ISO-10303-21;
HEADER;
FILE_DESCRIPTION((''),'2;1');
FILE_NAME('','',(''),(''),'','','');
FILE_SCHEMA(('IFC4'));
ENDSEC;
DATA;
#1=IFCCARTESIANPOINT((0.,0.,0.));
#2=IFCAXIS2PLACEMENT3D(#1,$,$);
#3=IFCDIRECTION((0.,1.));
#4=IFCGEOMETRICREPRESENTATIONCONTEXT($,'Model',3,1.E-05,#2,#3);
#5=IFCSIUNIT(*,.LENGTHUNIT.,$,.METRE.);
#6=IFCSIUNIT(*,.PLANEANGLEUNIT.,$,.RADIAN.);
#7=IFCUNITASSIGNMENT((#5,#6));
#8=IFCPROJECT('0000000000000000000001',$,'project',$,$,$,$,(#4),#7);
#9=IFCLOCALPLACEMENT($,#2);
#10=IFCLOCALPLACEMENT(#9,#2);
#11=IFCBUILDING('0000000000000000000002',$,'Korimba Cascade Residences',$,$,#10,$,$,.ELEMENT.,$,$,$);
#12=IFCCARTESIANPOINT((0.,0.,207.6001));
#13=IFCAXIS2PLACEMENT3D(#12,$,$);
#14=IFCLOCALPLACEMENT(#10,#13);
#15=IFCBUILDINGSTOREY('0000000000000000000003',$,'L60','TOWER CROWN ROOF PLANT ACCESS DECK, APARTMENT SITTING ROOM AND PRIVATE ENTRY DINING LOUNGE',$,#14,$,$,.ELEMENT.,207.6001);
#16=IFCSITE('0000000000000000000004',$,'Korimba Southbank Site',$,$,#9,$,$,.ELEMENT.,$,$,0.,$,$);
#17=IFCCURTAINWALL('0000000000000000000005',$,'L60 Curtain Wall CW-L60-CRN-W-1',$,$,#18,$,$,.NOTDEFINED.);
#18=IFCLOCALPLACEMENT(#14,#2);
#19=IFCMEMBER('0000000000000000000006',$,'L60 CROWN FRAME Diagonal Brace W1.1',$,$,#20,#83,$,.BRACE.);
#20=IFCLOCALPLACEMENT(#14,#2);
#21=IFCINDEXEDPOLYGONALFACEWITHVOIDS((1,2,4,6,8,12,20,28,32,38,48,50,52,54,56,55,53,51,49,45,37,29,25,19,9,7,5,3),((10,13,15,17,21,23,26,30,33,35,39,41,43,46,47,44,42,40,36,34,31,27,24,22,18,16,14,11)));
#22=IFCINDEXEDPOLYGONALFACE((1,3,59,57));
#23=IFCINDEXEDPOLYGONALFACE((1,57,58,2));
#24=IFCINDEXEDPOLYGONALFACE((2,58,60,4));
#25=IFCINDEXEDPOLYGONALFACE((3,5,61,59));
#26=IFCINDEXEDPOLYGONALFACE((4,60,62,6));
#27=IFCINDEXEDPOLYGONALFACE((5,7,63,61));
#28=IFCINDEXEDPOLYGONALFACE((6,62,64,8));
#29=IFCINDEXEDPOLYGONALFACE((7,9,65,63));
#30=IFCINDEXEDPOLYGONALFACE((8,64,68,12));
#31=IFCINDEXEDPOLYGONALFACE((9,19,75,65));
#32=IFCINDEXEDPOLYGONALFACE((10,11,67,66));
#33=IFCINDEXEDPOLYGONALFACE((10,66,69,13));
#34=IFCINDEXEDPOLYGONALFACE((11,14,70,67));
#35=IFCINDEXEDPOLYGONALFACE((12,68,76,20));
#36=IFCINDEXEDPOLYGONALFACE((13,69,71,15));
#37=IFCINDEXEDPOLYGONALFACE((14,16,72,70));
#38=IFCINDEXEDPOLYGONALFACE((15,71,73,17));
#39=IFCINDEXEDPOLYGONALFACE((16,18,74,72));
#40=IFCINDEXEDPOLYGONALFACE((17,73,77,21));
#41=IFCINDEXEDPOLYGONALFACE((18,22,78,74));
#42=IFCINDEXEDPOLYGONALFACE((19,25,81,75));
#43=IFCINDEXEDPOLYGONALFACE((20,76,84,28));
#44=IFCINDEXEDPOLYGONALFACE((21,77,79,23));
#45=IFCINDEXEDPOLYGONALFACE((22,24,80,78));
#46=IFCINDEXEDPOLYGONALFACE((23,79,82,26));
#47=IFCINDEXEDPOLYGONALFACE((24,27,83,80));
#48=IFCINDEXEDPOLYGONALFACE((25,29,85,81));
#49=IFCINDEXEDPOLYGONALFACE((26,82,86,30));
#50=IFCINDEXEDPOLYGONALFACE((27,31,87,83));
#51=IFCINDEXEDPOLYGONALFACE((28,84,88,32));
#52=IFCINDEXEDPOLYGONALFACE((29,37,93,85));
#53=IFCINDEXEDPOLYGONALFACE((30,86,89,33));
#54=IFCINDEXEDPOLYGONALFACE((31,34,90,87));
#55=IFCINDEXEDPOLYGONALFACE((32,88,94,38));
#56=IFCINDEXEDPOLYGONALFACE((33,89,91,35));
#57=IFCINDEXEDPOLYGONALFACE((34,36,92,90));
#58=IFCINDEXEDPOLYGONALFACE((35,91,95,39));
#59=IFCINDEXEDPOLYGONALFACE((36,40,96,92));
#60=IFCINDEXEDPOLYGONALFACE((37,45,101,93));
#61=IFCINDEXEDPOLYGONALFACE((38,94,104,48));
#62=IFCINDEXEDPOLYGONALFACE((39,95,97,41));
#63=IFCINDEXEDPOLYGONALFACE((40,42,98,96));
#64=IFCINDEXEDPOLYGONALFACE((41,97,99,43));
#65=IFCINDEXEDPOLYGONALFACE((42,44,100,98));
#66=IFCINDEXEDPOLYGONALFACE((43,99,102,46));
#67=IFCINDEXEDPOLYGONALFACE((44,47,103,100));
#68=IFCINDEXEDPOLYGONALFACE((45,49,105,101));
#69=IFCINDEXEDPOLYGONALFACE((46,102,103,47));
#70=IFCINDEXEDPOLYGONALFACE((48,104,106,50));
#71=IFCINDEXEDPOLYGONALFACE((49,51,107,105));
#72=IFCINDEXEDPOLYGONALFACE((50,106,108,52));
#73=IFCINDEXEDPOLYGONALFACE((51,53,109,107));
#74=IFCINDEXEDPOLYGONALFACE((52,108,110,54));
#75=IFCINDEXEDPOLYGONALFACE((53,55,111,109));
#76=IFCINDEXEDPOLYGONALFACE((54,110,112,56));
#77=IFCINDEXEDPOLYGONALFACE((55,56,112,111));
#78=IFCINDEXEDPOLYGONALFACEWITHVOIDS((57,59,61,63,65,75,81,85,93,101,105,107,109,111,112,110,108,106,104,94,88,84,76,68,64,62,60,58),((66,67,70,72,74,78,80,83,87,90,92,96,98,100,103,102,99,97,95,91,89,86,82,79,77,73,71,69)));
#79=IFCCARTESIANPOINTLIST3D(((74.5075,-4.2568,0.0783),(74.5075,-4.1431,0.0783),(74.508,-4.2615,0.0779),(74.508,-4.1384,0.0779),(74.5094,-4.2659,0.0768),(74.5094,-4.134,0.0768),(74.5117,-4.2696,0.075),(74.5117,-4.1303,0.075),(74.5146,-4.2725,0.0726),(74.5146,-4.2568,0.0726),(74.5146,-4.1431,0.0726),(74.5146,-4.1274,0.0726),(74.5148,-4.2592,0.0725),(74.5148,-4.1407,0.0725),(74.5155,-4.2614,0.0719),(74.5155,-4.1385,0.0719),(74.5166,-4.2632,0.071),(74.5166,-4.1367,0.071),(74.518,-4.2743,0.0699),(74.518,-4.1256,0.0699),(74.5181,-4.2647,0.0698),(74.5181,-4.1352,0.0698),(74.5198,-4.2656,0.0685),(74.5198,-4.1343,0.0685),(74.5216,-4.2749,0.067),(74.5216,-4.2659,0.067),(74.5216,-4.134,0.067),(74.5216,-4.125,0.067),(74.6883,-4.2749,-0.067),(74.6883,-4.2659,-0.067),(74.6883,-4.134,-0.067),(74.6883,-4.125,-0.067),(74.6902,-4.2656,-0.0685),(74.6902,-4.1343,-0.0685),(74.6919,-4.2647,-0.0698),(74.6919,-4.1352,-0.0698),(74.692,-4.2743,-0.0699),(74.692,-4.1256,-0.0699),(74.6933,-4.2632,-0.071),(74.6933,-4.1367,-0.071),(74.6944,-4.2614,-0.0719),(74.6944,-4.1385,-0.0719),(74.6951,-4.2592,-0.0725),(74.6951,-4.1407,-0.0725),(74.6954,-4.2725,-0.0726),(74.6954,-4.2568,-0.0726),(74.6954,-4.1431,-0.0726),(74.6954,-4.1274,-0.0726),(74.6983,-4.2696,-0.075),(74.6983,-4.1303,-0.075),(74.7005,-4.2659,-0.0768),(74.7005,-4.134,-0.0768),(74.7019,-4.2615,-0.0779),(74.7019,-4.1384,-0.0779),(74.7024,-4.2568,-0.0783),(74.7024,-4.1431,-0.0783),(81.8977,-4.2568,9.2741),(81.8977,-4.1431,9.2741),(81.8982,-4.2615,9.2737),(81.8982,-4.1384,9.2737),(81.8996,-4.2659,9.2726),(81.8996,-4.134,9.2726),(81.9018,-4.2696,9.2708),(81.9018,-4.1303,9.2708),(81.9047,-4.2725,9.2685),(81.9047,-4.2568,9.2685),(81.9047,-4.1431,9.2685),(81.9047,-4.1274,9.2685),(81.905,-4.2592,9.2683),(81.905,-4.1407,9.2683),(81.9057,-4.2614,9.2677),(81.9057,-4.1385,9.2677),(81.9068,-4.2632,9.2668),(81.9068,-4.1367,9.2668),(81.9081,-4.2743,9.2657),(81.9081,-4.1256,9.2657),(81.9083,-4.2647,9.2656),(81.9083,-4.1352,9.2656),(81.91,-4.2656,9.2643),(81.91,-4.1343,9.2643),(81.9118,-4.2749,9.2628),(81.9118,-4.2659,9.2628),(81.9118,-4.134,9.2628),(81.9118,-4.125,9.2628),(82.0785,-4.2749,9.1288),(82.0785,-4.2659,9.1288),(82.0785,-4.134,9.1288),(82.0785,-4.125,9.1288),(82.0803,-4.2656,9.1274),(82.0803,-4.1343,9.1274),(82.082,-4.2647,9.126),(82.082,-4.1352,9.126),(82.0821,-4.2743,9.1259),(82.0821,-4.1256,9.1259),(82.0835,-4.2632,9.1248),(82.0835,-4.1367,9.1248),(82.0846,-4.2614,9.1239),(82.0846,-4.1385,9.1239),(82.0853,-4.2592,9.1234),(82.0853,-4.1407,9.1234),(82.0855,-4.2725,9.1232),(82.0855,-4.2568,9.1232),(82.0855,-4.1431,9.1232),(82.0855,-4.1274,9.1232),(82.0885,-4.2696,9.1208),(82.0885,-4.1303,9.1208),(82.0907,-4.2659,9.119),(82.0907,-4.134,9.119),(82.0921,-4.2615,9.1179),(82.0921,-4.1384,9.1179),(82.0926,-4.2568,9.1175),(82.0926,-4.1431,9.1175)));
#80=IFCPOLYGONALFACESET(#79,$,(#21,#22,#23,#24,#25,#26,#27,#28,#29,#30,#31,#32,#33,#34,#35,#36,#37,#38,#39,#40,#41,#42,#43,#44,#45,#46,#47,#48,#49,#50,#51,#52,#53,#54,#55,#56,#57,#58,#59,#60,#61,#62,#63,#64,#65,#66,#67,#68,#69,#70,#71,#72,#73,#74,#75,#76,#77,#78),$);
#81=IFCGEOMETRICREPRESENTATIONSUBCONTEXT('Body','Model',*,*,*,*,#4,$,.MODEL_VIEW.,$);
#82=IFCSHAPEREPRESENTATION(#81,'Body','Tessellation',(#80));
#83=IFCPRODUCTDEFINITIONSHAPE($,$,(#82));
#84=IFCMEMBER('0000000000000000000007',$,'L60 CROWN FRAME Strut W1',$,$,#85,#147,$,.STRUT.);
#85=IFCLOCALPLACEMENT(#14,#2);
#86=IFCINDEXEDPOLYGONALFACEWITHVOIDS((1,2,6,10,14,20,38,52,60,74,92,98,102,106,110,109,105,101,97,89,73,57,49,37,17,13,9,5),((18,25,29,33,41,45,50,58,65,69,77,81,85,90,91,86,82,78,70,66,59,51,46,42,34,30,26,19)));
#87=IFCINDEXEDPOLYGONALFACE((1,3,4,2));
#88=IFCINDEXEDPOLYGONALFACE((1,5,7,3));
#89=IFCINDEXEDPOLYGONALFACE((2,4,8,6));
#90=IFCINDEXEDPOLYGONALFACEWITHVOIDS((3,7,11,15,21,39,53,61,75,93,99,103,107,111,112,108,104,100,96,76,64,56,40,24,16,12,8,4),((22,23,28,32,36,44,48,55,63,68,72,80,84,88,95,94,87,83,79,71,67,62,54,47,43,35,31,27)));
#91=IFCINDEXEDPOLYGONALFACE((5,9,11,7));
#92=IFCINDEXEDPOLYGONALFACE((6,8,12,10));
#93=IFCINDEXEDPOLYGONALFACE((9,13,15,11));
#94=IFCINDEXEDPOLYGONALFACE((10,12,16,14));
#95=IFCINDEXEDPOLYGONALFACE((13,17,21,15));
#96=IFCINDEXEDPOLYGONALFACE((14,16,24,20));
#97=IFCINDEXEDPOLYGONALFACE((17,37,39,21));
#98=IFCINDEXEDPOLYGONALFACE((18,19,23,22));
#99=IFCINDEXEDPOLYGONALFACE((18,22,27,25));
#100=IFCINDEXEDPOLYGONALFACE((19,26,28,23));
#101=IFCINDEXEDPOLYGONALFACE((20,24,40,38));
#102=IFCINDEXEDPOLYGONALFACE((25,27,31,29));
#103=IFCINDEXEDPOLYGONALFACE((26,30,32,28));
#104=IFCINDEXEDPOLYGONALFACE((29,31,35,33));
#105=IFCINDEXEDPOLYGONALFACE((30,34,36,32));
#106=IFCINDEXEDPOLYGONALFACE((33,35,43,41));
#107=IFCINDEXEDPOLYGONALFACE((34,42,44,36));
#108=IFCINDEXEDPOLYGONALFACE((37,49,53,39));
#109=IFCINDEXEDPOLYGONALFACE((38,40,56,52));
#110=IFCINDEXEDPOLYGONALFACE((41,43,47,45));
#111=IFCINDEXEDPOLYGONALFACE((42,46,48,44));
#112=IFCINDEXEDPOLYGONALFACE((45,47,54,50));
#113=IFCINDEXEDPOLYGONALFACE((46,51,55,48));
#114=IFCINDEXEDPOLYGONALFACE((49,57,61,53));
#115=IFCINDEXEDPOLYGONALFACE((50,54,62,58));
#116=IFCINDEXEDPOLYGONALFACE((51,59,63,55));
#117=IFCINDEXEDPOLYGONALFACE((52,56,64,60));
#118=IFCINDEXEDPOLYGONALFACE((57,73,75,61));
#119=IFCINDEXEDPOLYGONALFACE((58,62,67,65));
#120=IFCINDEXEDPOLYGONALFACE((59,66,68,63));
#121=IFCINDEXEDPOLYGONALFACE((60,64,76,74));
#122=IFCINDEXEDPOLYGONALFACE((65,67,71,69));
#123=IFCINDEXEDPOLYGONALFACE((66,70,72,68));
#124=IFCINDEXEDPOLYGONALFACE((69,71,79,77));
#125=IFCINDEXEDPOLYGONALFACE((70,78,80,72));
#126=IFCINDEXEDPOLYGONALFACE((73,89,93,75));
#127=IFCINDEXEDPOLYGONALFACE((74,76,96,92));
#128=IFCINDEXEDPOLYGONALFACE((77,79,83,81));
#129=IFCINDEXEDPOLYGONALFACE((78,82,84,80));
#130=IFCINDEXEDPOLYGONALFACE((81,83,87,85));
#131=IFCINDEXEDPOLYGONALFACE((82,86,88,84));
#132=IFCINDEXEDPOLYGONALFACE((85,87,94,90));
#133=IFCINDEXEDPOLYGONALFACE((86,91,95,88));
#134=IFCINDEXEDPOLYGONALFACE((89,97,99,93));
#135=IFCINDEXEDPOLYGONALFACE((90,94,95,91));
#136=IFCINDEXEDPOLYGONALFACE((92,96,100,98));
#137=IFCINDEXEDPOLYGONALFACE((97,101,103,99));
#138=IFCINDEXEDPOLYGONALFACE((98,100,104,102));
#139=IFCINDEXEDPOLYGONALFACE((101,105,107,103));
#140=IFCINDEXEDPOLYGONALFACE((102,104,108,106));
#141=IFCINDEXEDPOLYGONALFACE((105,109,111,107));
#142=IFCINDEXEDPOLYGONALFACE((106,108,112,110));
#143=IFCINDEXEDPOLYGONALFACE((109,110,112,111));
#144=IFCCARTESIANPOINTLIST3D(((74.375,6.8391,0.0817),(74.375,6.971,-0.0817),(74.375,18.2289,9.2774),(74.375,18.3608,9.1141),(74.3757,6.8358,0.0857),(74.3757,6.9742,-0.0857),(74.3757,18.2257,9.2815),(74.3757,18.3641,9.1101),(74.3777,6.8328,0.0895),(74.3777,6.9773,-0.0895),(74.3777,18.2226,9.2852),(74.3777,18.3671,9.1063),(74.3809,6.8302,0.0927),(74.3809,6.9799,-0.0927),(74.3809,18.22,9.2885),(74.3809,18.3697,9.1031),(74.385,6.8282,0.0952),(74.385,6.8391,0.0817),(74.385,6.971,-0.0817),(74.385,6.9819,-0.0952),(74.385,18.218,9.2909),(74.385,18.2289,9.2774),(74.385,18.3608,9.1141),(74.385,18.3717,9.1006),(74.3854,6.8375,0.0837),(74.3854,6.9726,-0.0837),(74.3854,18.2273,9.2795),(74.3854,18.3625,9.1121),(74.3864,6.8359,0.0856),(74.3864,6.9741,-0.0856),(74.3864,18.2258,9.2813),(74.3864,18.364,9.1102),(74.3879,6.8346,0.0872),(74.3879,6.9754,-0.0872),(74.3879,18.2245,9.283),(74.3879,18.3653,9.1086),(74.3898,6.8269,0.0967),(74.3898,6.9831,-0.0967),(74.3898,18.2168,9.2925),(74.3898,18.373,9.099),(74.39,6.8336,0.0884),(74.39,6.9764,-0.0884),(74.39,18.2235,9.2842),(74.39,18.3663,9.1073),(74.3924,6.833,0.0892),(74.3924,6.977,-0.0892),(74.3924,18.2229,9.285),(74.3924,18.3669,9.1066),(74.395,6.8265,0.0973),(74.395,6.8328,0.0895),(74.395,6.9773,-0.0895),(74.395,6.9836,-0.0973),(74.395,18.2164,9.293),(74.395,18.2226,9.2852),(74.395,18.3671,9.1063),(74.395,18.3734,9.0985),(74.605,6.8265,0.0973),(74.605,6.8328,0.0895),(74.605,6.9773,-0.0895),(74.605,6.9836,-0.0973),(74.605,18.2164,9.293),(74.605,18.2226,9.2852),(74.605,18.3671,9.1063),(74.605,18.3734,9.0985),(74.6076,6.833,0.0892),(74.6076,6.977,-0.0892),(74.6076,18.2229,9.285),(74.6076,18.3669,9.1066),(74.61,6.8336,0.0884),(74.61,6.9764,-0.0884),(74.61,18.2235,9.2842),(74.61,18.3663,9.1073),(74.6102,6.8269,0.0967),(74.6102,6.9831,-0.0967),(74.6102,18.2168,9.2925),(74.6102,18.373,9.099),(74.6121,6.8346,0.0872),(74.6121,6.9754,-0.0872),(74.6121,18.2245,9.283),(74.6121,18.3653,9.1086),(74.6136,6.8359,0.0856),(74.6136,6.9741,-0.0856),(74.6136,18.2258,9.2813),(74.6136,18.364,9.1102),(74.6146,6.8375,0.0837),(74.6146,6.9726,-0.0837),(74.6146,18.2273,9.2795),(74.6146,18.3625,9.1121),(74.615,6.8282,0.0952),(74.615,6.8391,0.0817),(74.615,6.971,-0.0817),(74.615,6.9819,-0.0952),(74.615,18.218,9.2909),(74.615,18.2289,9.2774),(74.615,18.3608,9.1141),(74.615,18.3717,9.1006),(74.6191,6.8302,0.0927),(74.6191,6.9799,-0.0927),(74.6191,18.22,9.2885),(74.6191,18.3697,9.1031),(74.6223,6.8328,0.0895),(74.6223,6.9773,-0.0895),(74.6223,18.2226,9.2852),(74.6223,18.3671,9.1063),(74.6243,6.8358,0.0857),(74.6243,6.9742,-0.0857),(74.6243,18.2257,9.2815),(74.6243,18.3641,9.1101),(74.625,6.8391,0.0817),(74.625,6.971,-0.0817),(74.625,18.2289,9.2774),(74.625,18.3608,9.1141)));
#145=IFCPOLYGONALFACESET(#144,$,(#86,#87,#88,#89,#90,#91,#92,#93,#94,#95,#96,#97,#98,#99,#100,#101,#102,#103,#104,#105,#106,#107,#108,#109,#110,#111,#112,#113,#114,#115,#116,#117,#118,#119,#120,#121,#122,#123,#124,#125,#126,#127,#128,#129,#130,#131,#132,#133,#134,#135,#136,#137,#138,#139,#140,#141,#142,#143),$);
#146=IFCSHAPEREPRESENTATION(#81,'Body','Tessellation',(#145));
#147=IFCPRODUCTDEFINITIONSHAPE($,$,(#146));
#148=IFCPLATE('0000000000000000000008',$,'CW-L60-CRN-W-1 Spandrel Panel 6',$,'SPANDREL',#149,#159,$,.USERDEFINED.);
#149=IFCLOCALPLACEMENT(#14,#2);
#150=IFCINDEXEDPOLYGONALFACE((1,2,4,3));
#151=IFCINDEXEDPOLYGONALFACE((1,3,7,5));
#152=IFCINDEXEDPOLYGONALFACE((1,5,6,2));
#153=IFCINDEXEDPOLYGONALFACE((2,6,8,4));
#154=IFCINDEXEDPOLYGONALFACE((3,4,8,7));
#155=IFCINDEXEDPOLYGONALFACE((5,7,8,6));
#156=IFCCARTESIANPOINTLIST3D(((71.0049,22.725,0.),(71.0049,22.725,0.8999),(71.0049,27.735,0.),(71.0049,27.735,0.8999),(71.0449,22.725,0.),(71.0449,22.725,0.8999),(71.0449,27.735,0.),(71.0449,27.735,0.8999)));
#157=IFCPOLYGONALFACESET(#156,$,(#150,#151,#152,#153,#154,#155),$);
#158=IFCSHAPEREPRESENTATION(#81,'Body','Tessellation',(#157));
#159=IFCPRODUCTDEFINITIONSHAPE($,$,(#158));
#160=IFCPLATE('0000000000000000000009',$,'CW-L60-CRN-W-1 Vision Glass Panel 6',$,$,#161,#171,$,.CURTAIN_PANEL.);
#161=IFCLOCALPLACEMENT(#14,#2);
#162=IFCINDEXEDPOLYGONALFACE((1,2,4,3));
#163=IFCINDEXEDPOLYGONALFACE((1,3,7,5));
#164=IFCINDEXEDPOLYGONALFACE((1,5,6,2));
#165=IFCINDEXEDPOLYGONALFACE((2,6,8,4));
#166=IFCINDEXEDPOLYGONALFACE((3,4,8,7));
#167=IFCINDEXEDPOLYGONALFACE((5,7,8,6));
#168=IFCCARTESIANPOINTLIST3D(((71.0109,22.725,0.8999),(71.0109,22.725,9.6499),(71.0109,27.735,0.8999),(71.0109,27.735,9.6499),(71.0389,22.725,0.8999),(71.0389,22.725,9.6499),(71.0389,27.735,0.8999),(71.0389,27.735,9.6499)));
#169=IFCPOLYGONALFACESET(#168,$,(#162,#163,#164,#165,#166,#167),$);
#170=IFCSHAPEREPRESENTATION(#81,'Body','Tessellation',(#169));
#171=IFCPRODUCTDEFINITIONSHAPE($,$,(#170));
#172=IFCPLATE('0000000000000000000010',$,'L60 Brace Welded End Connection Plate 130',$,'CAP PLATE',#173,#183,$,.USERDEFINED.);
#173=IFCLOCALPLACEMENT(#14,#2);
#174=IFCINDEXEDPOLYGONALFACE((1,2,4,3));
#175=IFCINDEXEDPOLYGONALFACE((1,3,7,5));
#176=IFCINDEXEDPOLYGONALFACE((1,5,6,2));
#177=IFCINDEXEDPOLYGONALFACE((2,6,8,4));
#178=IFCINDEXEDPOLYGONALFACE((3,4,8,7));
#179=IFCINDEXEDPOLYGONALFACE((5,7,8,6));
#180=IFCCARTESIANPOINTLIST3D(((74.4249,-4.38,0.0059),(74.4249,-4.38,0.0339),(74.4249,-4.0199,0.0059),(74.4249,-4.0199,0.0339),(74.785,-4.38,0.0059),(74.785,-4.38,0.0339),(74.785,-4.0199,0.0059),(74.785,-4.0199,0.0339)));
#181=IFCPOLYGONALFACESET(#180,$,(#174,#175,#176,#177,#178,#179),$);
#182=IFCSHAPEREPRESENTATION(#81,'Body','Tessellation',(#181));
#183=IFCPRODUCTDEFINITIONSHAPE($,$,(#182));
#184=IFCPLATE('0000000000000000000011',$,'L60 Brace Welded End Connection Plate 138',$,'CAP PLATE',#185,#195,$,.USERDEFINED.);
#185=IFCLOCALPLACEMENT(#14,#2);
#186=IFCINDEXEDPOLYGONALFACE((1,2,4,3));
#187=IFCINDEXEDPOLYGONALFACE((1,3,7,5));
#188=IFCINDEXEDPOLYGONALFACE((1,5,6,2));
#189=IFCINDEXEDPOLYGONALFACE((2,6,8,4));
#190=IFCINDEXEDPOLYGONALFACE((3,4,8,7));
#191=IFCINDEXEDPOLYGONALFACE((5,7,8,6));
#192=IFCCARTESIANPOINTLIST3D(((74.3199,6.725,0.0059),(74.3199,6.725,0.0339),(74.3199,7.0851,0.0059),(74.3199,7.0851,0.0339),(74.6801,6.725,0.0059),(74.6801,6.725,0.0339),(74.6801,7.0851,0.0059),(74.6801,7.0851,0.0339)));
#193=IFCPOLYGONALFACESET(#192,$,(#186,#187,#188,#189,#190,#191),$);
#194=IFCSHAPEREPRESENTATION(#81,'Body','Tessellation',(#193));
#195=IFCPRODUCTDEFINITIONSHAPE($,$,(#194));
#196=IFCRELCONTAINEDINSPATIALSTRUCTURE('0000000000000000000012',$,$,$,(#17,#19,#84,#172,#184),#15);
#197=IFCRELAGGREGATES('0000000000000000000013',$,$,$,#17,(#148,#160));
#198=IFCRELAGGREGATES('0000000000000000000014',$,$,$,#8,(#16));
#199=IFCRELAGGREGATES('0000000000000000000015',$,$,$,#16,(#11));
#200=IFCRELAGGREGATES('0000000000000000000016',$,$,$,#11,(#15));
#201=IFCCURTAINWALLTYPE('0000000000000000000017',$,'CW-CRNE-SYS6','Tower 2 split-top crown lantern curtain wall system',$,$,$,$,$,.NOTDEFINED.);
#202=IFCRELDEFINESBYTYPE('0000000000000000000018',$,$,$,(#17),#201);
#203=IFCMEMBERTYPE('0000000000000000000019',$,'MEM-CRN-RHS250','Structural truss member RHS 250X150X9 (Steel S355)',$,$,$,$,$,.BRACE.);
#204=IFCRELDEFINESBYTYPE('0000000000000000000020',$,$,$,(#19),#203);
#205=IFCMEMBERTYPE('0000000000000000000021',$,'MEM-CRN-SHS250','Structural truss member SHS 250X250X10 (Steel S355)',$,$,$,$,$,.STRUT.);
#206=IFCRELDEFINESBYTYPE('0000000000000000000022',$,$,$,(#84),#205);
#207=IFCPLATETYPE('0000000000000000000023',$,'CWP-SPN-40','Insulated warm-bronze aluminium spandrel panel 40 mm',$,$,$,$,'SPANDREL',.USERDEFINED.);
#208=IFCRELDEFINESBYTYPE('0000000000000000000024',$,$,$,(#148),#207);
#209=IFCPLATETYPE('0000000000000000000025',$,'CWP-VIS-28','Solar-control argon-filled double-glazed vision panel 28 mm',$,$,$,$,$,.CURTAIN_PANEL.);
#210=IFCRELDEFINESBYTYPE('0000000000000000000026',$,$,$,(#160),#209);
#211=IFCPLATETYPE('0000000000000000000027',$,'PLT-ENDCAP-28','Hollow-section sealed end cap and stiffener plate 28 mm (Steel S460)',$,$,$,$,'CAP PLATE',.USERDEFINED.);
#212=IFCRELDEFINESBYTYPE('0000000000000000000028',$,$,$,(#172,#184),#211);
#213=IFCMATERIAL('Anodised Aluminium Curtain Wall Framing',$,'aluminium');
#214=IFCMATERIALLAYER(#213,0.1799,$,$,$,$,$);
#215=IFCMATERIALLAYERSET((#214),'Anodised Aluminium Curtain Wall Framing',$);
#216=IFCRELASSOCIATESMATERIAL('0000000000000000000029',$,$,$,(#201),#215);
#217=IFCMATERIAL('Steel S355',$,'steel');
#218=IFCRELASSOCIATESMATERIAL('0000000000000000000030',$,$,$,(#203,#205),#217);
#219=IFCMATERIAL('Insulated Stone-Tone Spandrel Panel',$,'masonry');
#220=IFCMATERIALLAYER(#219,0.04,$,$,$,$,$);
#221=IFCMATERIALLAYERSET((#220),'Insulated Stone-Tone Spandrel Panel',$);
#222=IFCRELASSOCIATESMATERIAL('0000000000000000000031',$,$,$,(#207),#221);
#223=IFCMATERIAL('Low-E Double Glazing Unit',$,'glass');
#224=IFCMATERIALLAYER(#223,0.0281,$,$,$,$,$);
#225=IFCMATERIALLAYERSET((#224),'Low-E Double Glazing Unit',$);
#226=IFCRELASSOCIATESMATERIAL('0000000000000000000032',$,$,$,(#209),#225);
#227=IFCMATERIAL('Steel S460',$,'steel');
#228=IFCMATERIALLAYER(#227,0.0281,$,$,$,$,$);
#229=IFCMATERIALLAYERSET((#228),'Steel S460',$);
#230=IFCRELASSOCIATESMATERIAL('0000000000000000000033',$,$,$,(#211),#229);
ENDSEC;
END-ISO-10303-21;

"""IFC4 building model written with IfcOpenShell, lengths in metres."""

from ifc_helpers import new_model, si_unit, direction, frame, origin, origin_2d, place, context, subcontext, project, spatial, rectangle, hollow_rectangle, extrude, material, layer, layer_set, material_profile, profile_set, type_object, element, aggregate, save


model = new_model("IFC4")

# Units and contexts
model_context = context("Model", 3, precision=1e-05, world=origin(), true_north=direction((0.0, 1.0)))
body_context = subcontext(model_context, "Body", "Model", "MODEL_VIEW")
ifc_project = project(units=[si_unit("LENGTHUNIT", "METRE"), si_unit("PLANEANGLEUNIT", "RADIAN")], contexts=[model_context])

# Site, building, storey
site_placement = place(None, origin())
site = spatial("IfcSite", under=ifc_project, at=site_placement, Name="Korimba Southbank Site", CompositionType="ELEMENT", RefElevation=0.0)
building_placement = place(site_placement, origin())
building = spatial("IfcBuilding", under=site, at=building_placement, Name="Korimba Cascade Residences", CompositionType="ELEMENT")
storey_placement = place(building_placement, frame((0.0, 0.0, 207.6001)))
storey = spatial("IfcBuildingStorey", under=building, at=storey_placement, Name="L60", Description="TOWER CROWN ROOF PLANT ACCESS DECK, APARTMENT SITTING ROOM AND PRIVATE ENTRY DINING LOUNGE", CompositionType="ELEMENT", Elevation=207.6001)

# Shared definitions
ifc_material_1 = material(Name="Steel S355", Category="steel")

# Curtain wall
ifc_material_2 = material(Name="Anodised Aluminium Curtain Wall Framing", Category="aluminium")
ifc_layer_1 = layer(ifc_material_2, 0.1799)
ifc_layer_set_1 = layer_set([ifc_layer_1], Name="Anodised Aluminium Curtain Wall Framing")
curtain_wall_type = type_object("IfcCurtainWallType", Name="CW-CRNE-SYS6", Description="Tower 2 split-top crown lantern curtain wall system", PredefinedType="NOTDEFINED", material=ifc_layer_set_1)
curtain_wall_1_placement = place(storey_placement, origin())
curtain_wall_1 = element("IfcCurtainWall", 1, at=curtain_wall_1_placement, inside=storey, type_object=curtain_wall_type, Name="L60 Curtain Wall CW-L60-CRN-W-1", PredefinedType="NOTDEFINED")

# Members
ifc_material_profile_1 = material_profile(ifc_material_1, hollow_rectangle(XDim=0.1499, YDim=0.25, WallThickness=0.009, InnerFilletRadius=0.009, OuterFilletRadius=0.0181, at=origin_2d()), Name="Steel S355")
ifc_profile_set_1 = profile_set([ifc_material_profile_1], Name="Steel S355")
member_type_1 = type_object("IfcMemberType", Name="MEM-CRN-RHS250", Description="Structural truss member RHS 250X150X9 (Steel S355)", PredefinedType="BRACE", material=ifc_profile_set_1)
member_1_placement = place(storey_placement, frame((74.605, -4.2, 0.0), z_axis=(0.626425, 0.0, 0.779482), x_axis=(0.0, 1.0, 0.0)))
element("IfcMember", 2, at=member_1_placement, inside=storey, type_object=member_type_1, Name="L60 CROWN FRAME Diagonal Brace W1.1", PredefinedType="BRACE", context=body_context, shape_type="SweptSolid", body=[
    extrude(hollow_rectangle(XDim=0.1499, YDim=0.25, WallThickness=0.009, InnerFilletRadius=0.009, OuterFilletRadius=0.0181, at=origin_2d()), origin(), (0.0, 0.0, 1.0), 11.7974),
])
ifc_material_profile_2 = material_profile(ifc_material_1, hollow_rectangle(XDim=0.25, YDim=0.25, WallThickness=0.01, InnerFilletRadius=0.01, OuterFilletRadius=0.02, at=origin_2d()), Name="Steel S355")
ifc_profile_set_2 = profile_set([ifc_material_profile_2], Name="Steel S355")
member_type_2 = type_object("IfcMemberType", Name="MEM-CRN-SHS250", Description="Structural truss member SHS 250X250X10 (Steel S355)", PredefinedType="STRUT", material=ifc_profile_set_2)
member_2_placement = place(storey_placement, frame((74.5, 6.905, 0.0), z_axis=(0.0, 0.778066, 0.628183), x_axis=(-1.0, 0.0, 0.0)))
element("IfcMember", 3, at=member_2_placement, inside=storey, type_object=member_type_2, Name="L60 CROWN FRAME Strut W1", PredefinedType="STRUT", context=body_context, shape_type="SweptSolid", body=[
    extrude(hollow_rectangle(XDim=0.25, YDim=0.25, WallThickness=0.01, InnerFilletRadius=0.01, OuterFilletRadius=0.02, at=origin_2d()), origin(), (0.0, 0.0, 1.0), 14.6387),
])

# Plates
ifc_material_3 = material(Name="Insulated Stone-Tone Spandrel Panel", Category="masonry")
ifc_layer_2 = layer(ifc_material_3, 0.04)
ifc_layer_set_2 = layer_set([ifc_layer_2], Name="Insulated Stone-Tone Spandrel Panel")
plate_type_1 = type_object("IfcPlateType", Name="CWP-SPN-40", Description="Insulated warm-bronze aluminium spandrel panel 40 mm", ElementType="SPANDREL", PredefinedType="USERDEFINED", material=ifc_layer_set_2)
plate_1_placement = place(storey_placement, frame((71.0249, 25.23, 0.0), z_axis=(0.0, 0.0, 1.0), x_axis=(0.0, 1.0, 0.0)))
plate_1 = element("IfcPlate", 4, at=plate_1_placement, type_object=plate_type_1, Name="CW-L60-CRN-W-1 Spandrel Panel 6", ObjectType="SPANDREL", PredefinedType="USERDEFINED", context=body_context, shape_type="SweptSolid", body=[
    extrude(rectangle(XDim=5.01, YDim=0.04, at=origin_2d()), origin(), (0.0, 0.0, 1.0), 0.8999),
])
ifc_material_4 = material(Name="Low-E Double Glazing Unit", Category="glass")
ifc_layer_3 = layer(ifc_material_4, 0.0281)
ifc_layer_set_3 = layer_set([ifc_layer_3], Name="Low-E Double Glazing Unit")
plate_type_2 = type_object("IfcPlateType", Name="CWP-VIS-28", Description="Solar-control argon-filled double-glazed vision panel 28 mm", PredefinedType="CURTAIN_PANEL", material=ifc_layer_set_3)
plate_2_placement = place(storey_placement, frame((71.0249, 25.23, 0.8999), z_axis=(0.0, 0.0, 1.0), x_axis=(0.0, 1.0, 0.0)))
plate_2 = element("IfcPlate", 5, at=plate_2_placement, type_object=plate_type_2, Name="CW-L60-CRN-W-1 Vision Glass Panel 6", PredefinedType="CURTAIN_PANEL", context=body_context, shape_type="SweptSolid", body=[
    extrude(rectangle(XDim=5.01, YDim=0.0281, at=origin_2d()), origin(), (0.0, 0.0, 1.0), 8.75),
])
aggregate(curtain_wall_1, [plate_1, plate_2])

# Plates
ifc_material_5 = material(Name="Steel S460", Category="steel")
ifc_layer_4 = layer(ifc_material_5, 0.0281)
ifc_layer_set_4 = layer_set([ifc_layer_4], Name="Steel S460")
plate_type_3 = type_object("IfcPlateType", Name="PLT-ENDCAP-28", Description="Hollow-section sealed end cap and stiffener plate 28 mm (Steel S460)", ElementType="CAP PLATE", PredefinedType="USERDEFINED", material=ifc_layer_set_4)
for number, where, z_axis, x_axis, name in (
    (6, (74.605, -4.2, 0.0059), (0.0, 0.0, 1.0), (1.0, 0.0, 0.0), "L60 Brace Welded End Connection Plate 130"),
    (7, (74.5, 6.905, 0.0059), (0.0, 0.0, 1.0), (1.0, 0.0, 0.0), "L60 Brace Welded End Connection Plate 138"),
):
    element("IfcPlate", number, at=place(storey_placement, frame(where, z_axis=z_axis, x_axis=x_axis)), inside=storey, type_object=plate_type_3, Name=name, ObjectType="CAP PLATE", PredefinedType="USERDEFINED", context=body_context, shape_type="SweptSolid", body=[
        extrude(rectangle(XDim=0.3601, YDim=0.3601, at=origin_2d()), origin(), (0.0, 0.0, 1.0), 0.0281),
    ])

save(model, "model.ifc")
